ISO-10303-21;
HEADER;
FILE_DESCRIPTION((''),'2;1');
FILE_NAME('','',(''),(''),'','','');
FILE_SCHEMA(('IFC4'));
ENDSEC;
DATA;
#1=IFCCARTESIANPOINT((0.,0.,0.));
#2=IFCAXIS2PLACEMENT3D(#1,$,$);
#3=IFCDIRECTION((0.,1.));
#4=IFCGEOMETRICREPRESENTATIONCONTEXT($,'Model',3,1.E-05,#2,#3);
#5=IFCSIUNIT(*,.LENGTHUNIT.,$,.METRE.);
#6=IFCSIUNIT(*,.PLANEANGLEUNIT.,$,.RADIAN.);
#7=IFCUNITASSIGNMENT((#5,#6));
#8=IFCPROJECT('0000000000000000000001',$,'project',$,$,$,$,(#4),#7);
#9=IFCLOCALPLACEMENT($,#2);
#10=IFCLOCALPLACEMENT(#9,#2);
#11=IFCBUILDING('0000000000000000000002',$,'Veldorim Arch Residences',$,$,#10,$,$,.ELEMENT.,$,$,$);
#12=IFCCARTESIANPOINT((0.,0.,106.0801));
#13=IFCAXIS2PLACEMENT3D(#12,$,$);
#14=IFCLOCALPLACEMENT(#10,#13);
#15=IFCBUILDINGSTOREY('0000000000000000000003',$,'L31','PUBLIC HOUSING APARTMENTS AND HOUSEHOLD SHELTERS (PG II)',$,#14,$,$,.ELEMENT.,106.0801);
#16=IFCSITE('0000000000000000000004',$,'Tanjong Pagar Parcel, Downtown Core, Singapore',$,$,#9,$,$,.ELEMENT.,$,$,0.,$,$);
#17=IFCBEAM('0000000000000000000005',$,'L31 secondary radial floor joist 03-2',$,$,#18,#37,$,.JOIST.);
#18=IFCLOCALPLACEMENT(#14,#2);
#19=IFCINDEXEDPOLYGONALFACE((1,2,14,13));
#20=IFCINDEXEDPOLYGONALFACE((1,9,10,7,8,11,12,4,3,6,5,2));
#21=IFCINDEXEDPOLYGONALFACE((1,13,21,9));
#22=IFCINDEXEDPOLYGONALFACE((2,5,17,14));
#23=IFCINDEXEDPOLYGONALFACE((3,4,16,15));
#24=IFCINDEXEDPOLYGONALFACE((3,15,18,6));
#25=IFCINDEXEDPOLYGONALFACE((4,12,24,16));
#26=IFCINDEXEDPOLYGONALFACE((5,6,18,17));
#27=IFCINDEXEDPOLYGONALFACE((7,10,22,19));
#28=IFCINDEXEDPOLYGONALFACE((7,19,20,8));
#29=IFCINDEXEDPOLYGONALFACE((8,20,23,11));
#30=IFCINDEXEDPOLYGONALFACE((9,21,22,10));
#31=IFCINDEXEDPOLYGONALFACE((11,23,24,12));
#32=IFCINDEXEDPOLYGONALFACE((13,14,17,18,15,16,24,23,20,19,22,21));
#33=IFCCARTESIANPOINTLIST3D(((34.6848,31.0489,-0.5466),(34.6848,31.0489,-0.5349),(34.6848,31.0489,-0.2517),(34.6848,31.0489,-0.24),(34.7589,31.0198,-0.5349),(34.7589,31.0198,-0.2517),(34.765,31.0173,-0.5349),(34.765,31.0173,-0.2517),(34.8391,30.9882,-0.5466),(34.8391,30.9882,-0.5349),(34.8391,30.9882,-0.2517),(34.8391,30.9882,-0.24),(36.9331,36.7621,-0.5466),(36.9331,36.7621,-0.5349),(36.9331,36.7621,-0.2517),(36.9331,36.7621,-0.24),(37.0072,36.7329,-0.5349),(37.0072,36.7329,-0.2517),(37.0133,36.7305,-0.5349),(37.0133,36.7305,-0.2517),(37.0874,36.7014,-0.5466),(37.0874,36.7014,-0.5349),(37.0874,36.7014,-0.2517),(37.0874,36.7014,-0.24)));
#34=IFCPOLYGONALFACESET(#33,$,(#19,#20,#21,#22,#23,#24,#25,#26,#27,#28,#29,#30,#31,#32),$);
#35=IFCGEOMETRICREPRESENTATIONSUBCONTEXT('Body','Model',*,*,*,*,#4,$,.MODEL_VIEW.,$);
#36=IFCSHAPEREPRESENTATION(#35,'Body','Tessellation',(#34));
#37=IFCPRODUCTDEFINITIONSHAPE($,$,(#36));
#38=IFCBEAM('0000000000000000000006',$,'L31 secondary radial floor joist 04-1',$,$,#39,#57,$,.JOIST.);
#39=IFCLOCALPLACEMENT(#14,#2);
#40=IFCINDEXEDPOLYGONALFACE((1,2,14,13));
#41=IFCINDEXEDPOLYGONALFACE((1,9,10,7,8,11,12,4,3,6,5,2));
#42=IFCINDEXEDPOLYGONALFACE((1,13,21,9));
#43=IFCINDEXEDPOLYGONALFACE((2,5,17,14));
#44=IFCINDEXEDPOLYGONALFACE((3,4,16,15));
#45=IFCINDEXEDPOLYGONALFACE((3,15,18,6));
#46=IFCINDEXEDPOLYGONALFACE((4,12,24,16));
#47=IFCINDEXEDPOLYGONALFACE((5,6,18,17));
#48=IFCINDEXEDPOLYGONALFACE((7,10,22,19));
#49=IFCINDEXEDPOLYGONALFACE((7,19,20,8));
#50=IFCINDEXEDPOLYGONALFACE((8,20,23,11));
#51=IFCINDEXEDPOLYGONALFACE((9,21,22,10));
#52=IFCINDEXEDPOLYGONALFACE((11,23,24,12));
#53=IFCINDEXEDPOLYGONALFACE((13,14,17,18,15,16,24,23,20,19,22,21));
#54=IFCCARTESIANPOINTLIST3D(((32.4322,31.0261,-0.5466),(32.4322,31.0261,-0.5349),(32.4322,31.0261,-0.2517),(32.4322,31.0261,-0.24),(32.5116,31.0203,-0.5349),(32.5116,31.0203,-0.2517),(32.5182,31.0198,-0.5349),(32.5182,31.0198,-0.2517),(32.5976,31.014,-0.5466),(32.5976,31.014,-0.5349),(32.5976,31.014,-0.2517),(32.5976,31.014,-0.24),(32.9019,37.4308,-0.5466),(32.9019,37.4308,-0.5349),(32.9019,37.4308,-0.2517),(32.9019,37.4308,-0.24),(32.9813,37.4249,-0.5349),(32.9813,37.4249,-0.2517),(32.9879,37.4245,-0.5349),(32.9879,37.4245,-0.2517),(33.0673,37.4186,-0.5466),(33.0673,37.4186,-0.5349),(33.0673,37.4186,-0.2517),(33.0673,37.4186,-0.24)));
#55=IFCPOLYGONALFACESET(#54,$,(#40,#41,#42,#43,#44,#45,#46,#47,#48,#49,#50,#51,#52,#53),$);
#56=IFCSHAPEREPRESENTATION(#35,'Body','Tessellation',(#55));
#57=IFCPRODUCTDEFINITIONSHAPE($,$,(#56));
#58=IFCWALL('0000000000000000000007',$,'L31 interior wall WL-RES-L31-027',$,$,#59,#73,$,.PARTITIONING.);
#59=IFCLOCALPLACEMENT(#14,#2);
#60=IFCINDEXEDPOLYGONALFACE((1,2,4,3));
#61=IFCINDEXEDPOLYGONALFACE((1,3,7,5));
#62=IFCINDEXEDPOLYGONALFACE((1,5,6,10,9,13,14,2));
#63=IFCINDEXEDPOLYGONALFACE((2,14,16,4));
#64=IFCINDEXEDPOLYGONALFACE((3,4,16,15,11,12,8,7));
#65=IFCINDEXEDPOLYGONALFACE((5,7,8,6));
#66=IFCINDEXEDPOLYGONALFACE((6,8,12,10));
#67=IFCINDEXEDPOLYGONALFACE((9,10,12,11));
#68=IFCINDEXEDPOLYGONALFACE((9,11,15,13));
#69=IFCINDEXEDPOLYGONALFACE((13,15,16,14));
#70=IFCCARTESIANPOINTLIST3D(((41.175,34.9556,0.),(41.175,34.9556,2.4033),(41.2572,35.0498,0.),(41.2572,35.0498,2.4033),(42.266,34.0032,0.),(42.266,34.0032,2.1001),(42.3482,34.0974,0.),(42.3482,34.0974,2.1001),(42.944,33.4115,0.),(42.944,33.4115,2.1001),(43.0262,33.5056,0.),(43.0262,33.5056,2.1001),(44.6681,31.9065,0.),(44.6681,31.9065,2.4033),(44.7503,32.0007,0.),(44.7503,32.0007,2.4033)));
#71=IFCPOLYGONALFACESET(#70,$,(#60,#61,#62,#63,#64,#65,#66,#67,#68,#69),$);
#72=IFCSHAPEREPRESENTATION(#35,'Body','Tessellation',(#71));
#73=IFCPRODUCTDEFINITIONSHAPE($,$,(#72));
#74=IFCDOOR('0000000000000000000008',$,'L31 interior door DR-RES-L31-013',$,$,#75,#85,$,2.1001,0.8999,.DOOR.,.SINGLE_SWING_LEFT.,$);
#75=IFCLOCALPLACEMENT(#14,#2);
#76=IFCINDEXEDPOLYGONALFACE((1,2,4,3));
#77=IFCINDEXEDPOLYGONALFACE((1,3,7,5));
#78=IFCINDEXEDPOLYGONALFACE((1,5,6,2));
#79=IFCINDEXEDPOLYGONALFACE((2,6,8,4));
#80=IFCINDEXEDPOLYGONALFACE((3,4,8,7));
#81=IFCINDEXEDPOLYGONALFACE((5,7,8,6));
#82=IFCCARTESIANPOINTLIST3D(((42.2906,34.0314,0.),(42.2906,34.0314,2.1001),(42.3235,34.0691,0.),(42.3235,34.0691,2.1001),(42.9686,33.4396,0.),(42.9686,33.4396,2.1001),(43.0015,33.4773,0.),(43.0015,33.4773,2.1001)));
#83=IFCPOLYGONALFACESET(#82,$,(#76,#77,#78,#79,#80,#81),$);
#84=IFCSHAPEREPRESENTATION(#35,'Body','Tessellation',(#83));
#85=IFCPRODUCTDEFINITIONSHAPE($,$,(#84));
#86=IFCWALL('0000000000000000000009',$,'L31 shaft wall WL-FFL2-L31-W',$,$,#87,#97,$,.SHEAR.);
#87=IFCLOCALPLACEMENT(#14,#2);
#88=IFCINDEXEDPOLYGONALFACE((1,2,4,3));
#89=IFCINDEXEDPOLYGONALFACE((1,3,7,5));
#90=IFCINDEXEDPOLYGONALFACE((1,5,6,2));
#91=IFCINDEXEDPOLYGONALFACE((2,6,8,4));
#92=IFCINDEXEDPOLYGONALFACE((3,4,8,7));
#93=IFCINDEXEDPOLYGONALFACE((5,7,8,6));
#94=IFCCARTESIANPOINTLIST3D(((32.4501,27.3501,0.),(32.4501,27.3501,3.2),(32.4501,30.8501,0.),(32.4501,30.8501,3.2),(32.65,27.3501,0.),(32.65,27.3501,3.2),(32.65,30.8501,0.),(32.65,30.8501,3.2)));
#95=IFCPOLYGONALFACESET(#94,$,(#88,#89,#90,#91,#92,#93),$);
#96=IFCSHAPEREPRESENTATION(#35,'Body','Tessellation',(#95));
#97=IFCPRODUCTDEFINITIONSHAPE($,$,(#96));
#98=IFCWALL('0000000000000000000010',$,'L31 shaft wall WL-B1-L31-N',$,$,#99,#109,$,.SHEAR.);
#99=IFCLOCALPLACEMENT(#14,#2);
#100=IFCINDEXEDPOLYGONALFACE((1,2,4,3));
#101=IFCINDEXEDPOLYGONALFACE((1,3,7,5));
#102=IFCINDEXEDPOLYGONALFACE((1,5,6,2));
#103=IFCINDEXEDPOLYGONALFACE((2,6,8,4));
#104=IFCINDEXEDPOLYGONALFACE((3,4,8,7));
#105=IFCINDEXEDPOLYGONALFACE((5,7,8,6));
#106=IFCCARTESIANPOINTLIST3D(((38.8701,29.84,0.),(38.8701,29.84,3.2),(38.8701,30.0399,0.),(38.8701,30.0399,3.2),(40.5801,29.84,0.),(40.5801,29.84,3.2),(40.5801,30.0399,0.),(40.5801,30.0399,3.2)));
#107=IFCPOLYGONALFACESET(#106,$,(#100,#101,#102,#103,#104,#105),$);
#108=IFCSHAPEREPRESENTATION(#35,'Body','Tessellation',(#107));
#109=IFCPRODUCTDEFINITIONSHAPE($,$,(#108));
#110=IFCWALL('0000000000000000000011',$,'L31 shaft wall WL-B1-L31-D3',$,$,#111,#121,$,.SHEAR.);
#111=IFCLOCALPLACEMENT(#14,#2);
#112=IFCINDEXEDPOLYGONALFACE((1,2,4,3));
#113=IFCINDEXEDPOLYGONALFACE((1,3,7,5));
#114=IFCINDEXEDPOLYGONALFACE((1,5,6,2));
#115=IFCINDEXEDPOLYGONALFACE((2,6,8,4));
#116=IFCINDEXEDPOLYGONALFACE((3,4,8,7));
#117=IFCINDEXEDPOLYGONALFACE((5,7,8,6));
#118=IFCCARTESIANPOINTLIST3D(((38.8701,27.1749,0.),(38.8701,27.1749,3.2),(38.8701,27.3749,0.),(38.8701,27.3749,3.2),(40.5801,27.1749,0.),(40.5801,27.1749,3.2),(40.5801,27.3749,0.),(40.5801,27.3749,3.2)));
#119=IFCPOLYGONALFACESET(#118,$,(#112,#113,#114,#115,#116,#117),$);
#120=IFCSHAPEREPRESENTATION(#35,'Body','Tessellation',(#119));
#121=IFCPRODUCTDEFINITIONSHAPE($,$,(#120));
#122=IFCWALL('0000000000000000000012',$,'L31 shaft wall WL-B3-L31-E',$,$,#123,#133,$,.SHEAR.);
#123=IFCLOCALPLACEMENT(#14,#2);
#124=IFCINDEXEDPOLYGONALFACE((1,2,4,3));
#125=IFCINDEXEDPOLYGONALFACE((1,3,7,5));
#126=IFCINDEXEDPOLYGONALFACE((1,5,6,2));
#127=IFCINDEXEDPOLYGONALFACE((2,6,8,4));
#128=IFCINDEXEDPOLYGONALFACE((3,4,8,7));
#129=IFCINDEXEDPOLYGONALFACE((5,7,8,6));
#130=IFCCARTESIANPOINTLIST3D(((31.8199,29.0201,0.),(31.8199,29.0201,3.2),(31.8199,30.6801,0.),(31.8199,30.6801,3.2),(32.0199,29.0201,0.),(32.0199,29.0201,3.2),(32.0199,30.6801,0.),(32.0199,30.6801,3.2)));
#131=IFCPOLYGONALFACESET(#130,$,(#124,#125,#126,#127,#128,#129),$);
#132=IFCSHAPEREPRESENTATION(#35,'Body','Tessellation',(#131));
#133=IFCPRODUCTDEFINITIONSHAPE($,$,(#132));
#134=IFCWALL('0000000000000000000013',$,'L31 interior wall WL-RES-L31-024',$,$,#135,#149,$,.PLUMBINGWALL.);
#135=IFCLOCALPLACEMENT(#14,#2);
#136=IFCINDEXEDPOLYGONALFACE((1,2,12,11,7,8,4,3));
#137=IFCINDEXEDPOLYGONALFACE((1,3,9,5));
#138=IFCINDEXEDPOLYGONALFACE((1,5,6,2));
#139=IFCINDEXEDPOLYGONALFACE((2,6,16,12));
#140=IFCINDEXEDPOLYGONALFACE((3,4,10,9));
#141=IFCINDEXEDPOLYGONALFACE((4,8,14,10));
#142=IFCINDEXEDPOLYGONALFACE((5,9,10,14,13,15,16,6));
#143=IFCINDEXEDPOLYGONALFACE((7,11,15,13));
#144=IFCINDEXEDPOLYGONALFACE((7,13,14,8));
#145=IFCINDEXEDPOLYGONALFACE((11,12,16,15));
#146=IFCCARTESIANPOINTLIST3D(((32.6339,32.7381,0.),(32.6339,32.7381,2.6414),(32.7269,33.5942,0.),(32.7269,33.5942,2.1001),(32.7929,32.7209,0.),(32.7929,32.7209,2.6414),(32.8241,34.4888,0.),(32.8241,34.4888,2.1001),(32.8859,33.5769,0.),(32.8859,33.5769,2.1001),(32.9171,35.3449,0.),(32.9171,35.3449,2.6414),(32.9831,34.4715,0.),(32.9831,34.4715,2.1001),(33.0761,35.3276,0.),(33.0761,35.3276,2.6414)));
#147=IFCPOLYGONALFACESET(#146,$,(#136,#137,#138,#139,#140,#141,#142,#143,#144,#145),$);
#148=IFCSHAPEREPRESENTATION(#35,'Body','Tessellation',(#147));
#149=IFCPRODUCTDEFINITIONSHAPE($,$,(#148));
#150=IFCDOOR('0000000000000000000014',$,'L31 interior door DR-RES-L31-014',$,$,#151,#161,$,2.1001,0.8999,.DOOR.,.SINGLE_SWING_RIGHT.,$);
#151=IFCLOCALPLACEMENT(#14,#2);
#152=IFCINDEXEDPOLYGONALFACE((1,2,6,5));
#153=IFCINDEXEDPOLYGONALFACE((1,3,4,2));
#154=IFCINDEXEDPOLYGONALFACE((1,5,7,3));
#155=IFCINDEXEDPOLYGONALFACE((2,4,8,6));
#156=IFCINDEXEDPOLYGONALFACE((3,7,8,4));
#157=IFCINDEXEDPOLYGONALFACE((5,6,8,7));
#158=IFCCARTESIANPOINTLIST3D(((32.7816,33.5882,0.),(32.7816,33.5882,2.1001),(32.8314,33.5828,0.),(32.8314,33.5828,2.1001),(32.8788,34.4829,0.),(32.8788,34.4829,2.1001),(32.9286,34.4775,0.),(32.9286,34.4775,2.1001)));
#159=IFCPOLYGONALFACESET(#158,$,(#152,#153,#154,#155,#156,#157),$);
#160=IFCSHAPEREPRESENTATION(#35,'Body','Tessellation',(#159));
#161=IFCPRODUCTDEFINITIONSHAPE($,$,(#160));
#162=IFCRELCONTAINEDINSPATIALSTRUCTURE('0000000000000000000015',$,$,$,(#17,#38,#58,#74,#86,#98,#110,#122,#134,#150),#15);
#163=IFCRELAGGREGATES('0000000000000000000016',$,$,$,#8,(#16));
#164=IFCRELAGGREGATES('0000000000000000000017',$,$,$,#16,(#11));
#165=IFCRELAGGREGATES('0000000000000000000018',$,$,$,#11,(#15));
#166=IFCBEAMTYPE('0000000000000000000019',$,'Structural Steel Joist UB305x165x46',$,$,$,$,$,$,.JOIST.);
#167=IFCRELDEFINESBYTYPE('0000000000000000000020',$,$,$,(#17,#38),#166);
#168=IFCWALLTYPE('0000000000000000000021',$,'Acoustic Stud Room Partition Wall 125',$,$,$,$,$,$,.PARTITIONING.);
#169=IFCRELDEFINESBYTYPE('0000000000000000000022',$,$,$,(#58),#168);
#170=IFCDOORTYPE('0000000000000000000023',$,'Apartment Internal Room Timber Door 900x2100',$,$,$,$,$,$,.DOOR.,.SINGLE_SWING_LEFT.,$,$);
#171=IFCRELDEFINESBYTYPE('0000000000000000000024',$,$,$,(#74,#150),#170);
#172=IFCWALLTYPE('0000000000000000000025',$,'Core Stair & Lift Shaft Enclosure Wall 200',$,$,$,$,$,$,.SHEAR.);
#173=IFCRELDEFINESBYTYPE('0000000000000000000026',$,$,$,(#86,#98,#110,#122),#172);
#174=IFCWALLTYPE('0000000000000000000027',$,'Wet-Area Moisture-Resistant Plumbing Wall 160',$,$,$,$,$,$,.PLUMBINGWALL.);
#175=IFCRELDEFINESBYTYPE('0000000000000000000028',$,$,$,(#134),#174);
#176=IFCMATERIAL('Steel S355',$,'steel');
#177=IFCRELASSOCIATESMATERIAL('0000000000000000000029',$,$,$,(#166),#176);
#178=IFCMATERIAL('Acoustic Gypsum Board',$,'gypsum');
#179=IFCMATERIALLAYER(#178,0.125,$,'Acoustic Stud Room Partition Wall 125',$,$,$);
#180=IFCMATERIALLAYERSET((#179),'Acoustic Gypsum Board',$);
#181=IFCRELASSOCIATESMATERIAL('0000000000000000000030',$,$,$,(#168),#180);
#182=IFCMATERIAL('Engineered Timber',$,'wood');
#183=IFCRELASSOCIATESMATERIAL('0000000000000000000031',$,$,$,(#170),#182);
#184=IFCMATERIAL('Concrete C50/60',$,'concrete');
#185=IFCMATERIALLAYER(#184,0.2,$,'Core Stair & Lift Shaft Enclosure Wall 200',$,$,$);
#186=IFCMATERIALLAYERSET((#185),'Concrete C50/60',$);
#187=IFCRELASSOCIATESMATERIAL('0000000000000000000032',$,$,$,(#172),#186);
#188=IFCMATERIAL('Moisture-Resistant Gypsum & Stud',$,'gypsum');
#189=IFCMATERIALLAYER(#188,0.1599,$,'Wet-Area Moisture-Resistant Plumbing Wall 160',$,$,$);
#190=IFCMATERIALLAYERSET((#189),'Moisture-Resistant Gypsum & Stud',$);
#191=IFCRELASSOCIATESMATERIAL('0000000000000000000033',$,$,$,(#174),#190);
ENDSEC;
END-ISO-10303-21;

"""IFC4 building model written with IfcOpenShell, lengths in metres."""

from ifc_helpers import new_model, si_unit, direction, frame, frame_2d, origin, origin_2d, place, context, subcontext, project, spatial, rectangle, i_section, extrude, material, layer, layer_set, material_profile, profile_set, type_object, element, fill, save


model = new_model("IFC4")

# Units and contexts
model_context = context("Model", 3, precision=1e-05, world=origin(), true_north=direction((0.0, 1.0)))
body_context = subcontext(model_context, "Body", "Model", "MODEL_VIEW")
ifc_project = project(units=[si_unit("LENGTHUNIT", "METRE"), si_unit("PLANEANGLEUNIT", "RADIAN")], contexts=[model_context])

# Site, building, storey
site_placement = place(None, origin())
site = spatial("IfcSite", under=ifc_project, at=site_placement, Name="Tanjong Pagar Parcel, Downtown Core, Singapore", CompositionType="ELEMENT", RefElevation=0.0)
building_placement = place(site_placement, origin())
building = spatial("IfcBuilding", under=site, at=building_placement, Name="Veldorim Arch Residences", CompositionType="ELEMENT")
storey_placement = place(building_placement, frame((0.0, 0.0, 106.0801)))
storey = spatial("IfcBuildingStorey", under=building, at=storey_placement, Name="L31", Description="PUBLIC HOUSING APARTMENTS AND HOUSEHOLD SHELTERS (PG II)", CompositionType="ELEMENT", Elevation=106.0801)

# Beams
ifc_material_1 = material(Name="Steel S355", Category="steel")
ifc_material_profile_1 = material_profile(ifc_material_1, i_section(OverallWidth=0.1658, OverallDepth=0.3066, WebThickness=0.0066, FlangeThickness=0.0117, at=origin_2d()), Name="UB305x165x46")
ifc_profile_set_1 = profile_set([ifc_material_profile_1], Name="Steel S355")
beam_type_1 = type_object("IfcBeamType", Name="Structural Steel Joist UB305x165x46", PredefinedType="JOIST", material=ifc_profile_set_1)
beam_1_placement = place(storey_placement, frame((34.762, 31.0186, -0.3933), z_axis=(0.366195, 0.930538, 0.0), x_axis=(-0.930538, 0.366195, 0.0)))
element("IfcBeam", 1, at=beam_1_placement, inside=storey, type_object=beam_type_1, Name="L31 secondary radial floor joist 03-2", PredefinedType="JOIST", context=body_context, shape_type="SweptSolid", body=[
    extrude(i_section(OverallWidth=0.1658, OverallDepth=0.3066, WebThickness=0.0066, FlangeThickness=0.0117, at=origin_2d()), origin(), (0.0, 0.0, 1.0), 6.1396),
])
beam_2_placement = place(storey_placement, frame((32.5149, 31.02, -0.3933), z_axis=(0.073143, 0.997321, 0.0), x_axis=(-0.997321, 0.073143, 0.0)))
element("IfcBeam", 2, at=beam_2_placement, inside=storey, type_object=beam_type_1, Name="L31 secondary radial floor joist 04-1", PredefinedType="JOIST", context=body_context, shape_type="SweptSolid", body=[
    extrude(i_section(OverallWidth=0.1658, OverallDepth=0.3066, WebThickness=0.0066, FlangeThickness=0.0117, at=origin_2d()), origin(), (0.0, 0.0, 1.0), 6.4219),
])

# Wall, opening, door
ifc_material_2 = material(Name="Acoustic Gypsum Board", Category="gypsum")
ifc_layer_1 = layer(ifc_material_2, 0.125, Name="Acoustic Stud Room Partition Wall 125")
ifc_layer_set_1 = layer_set([ifc_layer_1], Name="Acoustic Gypsum Board")
wall_type_1 = type_object("IfcWallType", Name="Acoustic Stud Room Partition Wall 125", PredefinedType="PARTITIONING", material=ifc_layer_set_1)
wall_1_placement = place(storey_placement, frame((41.2161, 35.0027, 0.0), z_axis=(0.0, 0.0, 1.0), x_axis=(0.753372, -0.657595, 0.0)))
wall_1 = element("IfcWall", 3, at=wall_1_placement, inside=storey, type_object=wall_type_1, Name="L31 interior wall WL-RES-L31-027", PredefinedType="PARTITIONING", context=body_context, shape_type="SweptSolid", body=[
    extrude(rectangle(XDim=4.6367, YDim=0.125, at=frame_2d((2.3184, 0.0))), origin(), (0.0, 0.0, 1.0), 2.4033),
])
opening_1_placement = place(wall_1_placement, frame((1.4482, 0.0, 0.0)))
opening_1 = element("IfcOpeningElement", 4, at=opening_1_placement, cuts=wall_1, PredefinedType="OPENING", context=body_context, shape_type="SweptSolid", body=[
    extrude(rectangle(XDim=0.8999, YDim=2.1001, at=frame_2d((0.45, 1.05))), frame((0.0, 0.0725, 0.0), z_axis=(0.0, -1.0, 0.0), x_axis=(1.0, 0.0, 0.0)), (0.0, 0.0, 1.0), 0.145),
])
ifc_material_3 = material(Name="Engineered Timber", Category="wood")
door_type_1 = type_object("IfcDoorType", Name="Apartment Internal Room Timber Door 900x2100", OperationType="SINGLE_SWING_LEFT", PredefinedType="DOOR", material=ifc_material_3)
door_1_placement = place(opening_1_placement, origin())
door_1 = element("IfcDoor", 5, at=door_1_placement, inside=storey, type_object=door_type_1, Name="L31 interior door DR-RES-L31-013", OperationType="SINGLE_SWING_LEFT", OverallHeight=2.1001, OverallWidth=0.8999, PredefinedType="DOOR", context=body_context, shape_type="SweptSolid", body=[
    extrude(rectangle(XDim=0.8999, YDim=2.1001, at=frame_2d((0.45, 1.05))), frame((0.0, 0.0249, 0.0), z_axis=(0.0, -1.0, 0.0), x_axis=(1.0, 0.0, 0.0)), (0.0, 0.0, 1.0), 0.05),
])
fill(opening_1, door_1)
ifc_material_4 = material(Name="Concrete C50/60", Category="concrete")
ifc_layer_2 = layer(ifc_material_4, 0.2, Name="Core Stair & Lift Shaft Enclosure Wall 200")
ifc_layer_set_2 = layer_set([ifc_layer_2], Name="Concrete C50/60")
wall_type_2 = type_object("IfcWallType", Name="Core Stair & Lift Shaft Enclosure Wall 200", PredefinedType="SHEAR", material=ifc_layer_set_2)

# Wall
wall_2_placement = place(storey_placement, frame((32.55, 27.3501, 0.0), z_axis=(0.0, 0.0, 1.0), x_axis=(0.0, 1.0, 0.0)))
element("IfcWall", 6, at=wall_2_placement, inside=storey, type_object=wall_type_2, Name="L31 shaft wall WL-FFL2-L31-W", PredefinedType="SHEAR", context=body_context, shape_type="SweptSolid", body=[
    extrude(rectangle(XDim=3.5, YDim=0.2, at=frame_2d((1.75, 0.0))), origin(), (0.0, 0.0, 1.0), 3.2),
])

# Walls
for number, where, z_axis, x_axis, name in (
    (7, (38.8701, 29.9399, 0.0), (0.0, 0.0, 1.0), (1.0, 0.0, 0.0), "L31 shaft wall WL-B1-L31-N"),
    (8, (38.8701, 27.2749, 0.0), (0.0, 0.0, 1.0), (1.0, 0.0, 0.0), "L31 shaft wall WL-B1-L31-D3"),
):
    element("IfcWall", number, at=place(storey_placement, frame(where, z_axis=z_axis, x_axis=x_axis)), inside=storey, type_object=wall_type_2, Name=name, PredefinedType="SHEAR", context=body_context, shape_type="SweptSolid", body=[
        extrude(rectangle(XDim=1.71, YDim=0.2, at=frame_2d((0.855, 0.0))), origin(), (0.0, 0.0, 1.0), 3.2),
    ])
wall_3_placement = place(storey_placement, frame((31.9199, 29.02, 0.0), z_axis=(0.0, 0.0, 1.0), x_axis=(0.0, 1.0, 0.0)))
element("IfcWall", 9, at=wall_3_placement, inside=storey, type_object=wall_type_2, Name="L31 shaft wall WL-B3-L31-E", PredefinedType="SHEAR", context=body_context, shape_type="SweptSolid", body=[
    extrude(rectangle(XDim=1.6599, YDim=0.2, at=frame_2d((0.8301, 0.0))), origin(), (0.0, 0.0, 1.0), 3.2),
])

# Wall, opening, door
ifc_material_5 = material(Name="Moisture-Resistant Gypsum & Stud", Category="gypsum")
ifc_layer_3 = layer(ifc_material_5, 0.1599, Name="Wet-Area Moisture-Resistant Plumbing Wall 160")
ifc_layer_set_3 = layer_set([ifc_layer_3], Name="Moisture-Resistant Gypsum & Stud")
wall_type_3 = type_object("IfcWallType", Name="Wet-Area Moisture-Resistant Plumbing Wall 160", PredefinedType="PLUMBINGWALL", material=ifc_layer_set_3)
wall_4_placement = place(storey_placement, frame((32.7134, 32.7295, 0.0), z_axis=(0.0, 0.0, 1.0), x_axis=(0.108009, 0.99415, 0.0)))
wall_4 = element("IfcWall", 10, at=wall_4_placement, inside=storey, type_object=wall_type_3, Name="L31 interior wall WL-RES-L31-024", PredefinedType="PLUMBINGWALL", context=body_context, shape_type="SweptSolid", body=[
    extrude(rectangle(XDim=2.6221, YDim=0.1599, at=frame_2d((1.311, 0.0))), origin(), (0.0, 0.0, 1.0), 2.6414),
])
opening_2_placement = place(wall_4_placement, frame((0.8611, 0.0, 0.0)))
opening_2 = element("IfcOpeningElement", 11, at=opening_2_placement, cuts=wall_4, PredefinedType="OPENING", context=body_context, shape_type="SweptSolid", body=[
    extrude(rectangle(XDim=0.8999, YDim=2.1001, at=frame_2d((0.45, 1.05))), frame((0.0, 0.0898, 0.0), z_axis=(0.0, -1.0, 0.0), x_axis=(1.0, 0.0, 0.0)), (0.0, 0.0, 1.0), 0.1799),
])
door_2_placement = place(opening_2_placement, origin())
door_2 = element("IfcDoor", 12, at=door_2_placement, inside=storey, type_object=door_type_1, Name="L31 interior door DR-RES-L31-014", OperationType="SINGLE_SWING_RIGHT", OverallHeight=2.1001, OverallWidth=0.8999, PredefinedType="DOOR", context=body_context, shape_type="SweptSolid", body=[
    extrude(rectangle(XDim=0.8999, YDim=2.1001, at=frame_2d((0.45, 1.05))), frame((0.0, 0.0249, 0.0), z_axis=(0.0, -1.0, 0.0), x_axis=(1.0, 0.0, 0.0)), (0.0, 0.0, 1.0), 0.05),
])
fill(opening_2, door_2)

save(model, "model.ifc")
